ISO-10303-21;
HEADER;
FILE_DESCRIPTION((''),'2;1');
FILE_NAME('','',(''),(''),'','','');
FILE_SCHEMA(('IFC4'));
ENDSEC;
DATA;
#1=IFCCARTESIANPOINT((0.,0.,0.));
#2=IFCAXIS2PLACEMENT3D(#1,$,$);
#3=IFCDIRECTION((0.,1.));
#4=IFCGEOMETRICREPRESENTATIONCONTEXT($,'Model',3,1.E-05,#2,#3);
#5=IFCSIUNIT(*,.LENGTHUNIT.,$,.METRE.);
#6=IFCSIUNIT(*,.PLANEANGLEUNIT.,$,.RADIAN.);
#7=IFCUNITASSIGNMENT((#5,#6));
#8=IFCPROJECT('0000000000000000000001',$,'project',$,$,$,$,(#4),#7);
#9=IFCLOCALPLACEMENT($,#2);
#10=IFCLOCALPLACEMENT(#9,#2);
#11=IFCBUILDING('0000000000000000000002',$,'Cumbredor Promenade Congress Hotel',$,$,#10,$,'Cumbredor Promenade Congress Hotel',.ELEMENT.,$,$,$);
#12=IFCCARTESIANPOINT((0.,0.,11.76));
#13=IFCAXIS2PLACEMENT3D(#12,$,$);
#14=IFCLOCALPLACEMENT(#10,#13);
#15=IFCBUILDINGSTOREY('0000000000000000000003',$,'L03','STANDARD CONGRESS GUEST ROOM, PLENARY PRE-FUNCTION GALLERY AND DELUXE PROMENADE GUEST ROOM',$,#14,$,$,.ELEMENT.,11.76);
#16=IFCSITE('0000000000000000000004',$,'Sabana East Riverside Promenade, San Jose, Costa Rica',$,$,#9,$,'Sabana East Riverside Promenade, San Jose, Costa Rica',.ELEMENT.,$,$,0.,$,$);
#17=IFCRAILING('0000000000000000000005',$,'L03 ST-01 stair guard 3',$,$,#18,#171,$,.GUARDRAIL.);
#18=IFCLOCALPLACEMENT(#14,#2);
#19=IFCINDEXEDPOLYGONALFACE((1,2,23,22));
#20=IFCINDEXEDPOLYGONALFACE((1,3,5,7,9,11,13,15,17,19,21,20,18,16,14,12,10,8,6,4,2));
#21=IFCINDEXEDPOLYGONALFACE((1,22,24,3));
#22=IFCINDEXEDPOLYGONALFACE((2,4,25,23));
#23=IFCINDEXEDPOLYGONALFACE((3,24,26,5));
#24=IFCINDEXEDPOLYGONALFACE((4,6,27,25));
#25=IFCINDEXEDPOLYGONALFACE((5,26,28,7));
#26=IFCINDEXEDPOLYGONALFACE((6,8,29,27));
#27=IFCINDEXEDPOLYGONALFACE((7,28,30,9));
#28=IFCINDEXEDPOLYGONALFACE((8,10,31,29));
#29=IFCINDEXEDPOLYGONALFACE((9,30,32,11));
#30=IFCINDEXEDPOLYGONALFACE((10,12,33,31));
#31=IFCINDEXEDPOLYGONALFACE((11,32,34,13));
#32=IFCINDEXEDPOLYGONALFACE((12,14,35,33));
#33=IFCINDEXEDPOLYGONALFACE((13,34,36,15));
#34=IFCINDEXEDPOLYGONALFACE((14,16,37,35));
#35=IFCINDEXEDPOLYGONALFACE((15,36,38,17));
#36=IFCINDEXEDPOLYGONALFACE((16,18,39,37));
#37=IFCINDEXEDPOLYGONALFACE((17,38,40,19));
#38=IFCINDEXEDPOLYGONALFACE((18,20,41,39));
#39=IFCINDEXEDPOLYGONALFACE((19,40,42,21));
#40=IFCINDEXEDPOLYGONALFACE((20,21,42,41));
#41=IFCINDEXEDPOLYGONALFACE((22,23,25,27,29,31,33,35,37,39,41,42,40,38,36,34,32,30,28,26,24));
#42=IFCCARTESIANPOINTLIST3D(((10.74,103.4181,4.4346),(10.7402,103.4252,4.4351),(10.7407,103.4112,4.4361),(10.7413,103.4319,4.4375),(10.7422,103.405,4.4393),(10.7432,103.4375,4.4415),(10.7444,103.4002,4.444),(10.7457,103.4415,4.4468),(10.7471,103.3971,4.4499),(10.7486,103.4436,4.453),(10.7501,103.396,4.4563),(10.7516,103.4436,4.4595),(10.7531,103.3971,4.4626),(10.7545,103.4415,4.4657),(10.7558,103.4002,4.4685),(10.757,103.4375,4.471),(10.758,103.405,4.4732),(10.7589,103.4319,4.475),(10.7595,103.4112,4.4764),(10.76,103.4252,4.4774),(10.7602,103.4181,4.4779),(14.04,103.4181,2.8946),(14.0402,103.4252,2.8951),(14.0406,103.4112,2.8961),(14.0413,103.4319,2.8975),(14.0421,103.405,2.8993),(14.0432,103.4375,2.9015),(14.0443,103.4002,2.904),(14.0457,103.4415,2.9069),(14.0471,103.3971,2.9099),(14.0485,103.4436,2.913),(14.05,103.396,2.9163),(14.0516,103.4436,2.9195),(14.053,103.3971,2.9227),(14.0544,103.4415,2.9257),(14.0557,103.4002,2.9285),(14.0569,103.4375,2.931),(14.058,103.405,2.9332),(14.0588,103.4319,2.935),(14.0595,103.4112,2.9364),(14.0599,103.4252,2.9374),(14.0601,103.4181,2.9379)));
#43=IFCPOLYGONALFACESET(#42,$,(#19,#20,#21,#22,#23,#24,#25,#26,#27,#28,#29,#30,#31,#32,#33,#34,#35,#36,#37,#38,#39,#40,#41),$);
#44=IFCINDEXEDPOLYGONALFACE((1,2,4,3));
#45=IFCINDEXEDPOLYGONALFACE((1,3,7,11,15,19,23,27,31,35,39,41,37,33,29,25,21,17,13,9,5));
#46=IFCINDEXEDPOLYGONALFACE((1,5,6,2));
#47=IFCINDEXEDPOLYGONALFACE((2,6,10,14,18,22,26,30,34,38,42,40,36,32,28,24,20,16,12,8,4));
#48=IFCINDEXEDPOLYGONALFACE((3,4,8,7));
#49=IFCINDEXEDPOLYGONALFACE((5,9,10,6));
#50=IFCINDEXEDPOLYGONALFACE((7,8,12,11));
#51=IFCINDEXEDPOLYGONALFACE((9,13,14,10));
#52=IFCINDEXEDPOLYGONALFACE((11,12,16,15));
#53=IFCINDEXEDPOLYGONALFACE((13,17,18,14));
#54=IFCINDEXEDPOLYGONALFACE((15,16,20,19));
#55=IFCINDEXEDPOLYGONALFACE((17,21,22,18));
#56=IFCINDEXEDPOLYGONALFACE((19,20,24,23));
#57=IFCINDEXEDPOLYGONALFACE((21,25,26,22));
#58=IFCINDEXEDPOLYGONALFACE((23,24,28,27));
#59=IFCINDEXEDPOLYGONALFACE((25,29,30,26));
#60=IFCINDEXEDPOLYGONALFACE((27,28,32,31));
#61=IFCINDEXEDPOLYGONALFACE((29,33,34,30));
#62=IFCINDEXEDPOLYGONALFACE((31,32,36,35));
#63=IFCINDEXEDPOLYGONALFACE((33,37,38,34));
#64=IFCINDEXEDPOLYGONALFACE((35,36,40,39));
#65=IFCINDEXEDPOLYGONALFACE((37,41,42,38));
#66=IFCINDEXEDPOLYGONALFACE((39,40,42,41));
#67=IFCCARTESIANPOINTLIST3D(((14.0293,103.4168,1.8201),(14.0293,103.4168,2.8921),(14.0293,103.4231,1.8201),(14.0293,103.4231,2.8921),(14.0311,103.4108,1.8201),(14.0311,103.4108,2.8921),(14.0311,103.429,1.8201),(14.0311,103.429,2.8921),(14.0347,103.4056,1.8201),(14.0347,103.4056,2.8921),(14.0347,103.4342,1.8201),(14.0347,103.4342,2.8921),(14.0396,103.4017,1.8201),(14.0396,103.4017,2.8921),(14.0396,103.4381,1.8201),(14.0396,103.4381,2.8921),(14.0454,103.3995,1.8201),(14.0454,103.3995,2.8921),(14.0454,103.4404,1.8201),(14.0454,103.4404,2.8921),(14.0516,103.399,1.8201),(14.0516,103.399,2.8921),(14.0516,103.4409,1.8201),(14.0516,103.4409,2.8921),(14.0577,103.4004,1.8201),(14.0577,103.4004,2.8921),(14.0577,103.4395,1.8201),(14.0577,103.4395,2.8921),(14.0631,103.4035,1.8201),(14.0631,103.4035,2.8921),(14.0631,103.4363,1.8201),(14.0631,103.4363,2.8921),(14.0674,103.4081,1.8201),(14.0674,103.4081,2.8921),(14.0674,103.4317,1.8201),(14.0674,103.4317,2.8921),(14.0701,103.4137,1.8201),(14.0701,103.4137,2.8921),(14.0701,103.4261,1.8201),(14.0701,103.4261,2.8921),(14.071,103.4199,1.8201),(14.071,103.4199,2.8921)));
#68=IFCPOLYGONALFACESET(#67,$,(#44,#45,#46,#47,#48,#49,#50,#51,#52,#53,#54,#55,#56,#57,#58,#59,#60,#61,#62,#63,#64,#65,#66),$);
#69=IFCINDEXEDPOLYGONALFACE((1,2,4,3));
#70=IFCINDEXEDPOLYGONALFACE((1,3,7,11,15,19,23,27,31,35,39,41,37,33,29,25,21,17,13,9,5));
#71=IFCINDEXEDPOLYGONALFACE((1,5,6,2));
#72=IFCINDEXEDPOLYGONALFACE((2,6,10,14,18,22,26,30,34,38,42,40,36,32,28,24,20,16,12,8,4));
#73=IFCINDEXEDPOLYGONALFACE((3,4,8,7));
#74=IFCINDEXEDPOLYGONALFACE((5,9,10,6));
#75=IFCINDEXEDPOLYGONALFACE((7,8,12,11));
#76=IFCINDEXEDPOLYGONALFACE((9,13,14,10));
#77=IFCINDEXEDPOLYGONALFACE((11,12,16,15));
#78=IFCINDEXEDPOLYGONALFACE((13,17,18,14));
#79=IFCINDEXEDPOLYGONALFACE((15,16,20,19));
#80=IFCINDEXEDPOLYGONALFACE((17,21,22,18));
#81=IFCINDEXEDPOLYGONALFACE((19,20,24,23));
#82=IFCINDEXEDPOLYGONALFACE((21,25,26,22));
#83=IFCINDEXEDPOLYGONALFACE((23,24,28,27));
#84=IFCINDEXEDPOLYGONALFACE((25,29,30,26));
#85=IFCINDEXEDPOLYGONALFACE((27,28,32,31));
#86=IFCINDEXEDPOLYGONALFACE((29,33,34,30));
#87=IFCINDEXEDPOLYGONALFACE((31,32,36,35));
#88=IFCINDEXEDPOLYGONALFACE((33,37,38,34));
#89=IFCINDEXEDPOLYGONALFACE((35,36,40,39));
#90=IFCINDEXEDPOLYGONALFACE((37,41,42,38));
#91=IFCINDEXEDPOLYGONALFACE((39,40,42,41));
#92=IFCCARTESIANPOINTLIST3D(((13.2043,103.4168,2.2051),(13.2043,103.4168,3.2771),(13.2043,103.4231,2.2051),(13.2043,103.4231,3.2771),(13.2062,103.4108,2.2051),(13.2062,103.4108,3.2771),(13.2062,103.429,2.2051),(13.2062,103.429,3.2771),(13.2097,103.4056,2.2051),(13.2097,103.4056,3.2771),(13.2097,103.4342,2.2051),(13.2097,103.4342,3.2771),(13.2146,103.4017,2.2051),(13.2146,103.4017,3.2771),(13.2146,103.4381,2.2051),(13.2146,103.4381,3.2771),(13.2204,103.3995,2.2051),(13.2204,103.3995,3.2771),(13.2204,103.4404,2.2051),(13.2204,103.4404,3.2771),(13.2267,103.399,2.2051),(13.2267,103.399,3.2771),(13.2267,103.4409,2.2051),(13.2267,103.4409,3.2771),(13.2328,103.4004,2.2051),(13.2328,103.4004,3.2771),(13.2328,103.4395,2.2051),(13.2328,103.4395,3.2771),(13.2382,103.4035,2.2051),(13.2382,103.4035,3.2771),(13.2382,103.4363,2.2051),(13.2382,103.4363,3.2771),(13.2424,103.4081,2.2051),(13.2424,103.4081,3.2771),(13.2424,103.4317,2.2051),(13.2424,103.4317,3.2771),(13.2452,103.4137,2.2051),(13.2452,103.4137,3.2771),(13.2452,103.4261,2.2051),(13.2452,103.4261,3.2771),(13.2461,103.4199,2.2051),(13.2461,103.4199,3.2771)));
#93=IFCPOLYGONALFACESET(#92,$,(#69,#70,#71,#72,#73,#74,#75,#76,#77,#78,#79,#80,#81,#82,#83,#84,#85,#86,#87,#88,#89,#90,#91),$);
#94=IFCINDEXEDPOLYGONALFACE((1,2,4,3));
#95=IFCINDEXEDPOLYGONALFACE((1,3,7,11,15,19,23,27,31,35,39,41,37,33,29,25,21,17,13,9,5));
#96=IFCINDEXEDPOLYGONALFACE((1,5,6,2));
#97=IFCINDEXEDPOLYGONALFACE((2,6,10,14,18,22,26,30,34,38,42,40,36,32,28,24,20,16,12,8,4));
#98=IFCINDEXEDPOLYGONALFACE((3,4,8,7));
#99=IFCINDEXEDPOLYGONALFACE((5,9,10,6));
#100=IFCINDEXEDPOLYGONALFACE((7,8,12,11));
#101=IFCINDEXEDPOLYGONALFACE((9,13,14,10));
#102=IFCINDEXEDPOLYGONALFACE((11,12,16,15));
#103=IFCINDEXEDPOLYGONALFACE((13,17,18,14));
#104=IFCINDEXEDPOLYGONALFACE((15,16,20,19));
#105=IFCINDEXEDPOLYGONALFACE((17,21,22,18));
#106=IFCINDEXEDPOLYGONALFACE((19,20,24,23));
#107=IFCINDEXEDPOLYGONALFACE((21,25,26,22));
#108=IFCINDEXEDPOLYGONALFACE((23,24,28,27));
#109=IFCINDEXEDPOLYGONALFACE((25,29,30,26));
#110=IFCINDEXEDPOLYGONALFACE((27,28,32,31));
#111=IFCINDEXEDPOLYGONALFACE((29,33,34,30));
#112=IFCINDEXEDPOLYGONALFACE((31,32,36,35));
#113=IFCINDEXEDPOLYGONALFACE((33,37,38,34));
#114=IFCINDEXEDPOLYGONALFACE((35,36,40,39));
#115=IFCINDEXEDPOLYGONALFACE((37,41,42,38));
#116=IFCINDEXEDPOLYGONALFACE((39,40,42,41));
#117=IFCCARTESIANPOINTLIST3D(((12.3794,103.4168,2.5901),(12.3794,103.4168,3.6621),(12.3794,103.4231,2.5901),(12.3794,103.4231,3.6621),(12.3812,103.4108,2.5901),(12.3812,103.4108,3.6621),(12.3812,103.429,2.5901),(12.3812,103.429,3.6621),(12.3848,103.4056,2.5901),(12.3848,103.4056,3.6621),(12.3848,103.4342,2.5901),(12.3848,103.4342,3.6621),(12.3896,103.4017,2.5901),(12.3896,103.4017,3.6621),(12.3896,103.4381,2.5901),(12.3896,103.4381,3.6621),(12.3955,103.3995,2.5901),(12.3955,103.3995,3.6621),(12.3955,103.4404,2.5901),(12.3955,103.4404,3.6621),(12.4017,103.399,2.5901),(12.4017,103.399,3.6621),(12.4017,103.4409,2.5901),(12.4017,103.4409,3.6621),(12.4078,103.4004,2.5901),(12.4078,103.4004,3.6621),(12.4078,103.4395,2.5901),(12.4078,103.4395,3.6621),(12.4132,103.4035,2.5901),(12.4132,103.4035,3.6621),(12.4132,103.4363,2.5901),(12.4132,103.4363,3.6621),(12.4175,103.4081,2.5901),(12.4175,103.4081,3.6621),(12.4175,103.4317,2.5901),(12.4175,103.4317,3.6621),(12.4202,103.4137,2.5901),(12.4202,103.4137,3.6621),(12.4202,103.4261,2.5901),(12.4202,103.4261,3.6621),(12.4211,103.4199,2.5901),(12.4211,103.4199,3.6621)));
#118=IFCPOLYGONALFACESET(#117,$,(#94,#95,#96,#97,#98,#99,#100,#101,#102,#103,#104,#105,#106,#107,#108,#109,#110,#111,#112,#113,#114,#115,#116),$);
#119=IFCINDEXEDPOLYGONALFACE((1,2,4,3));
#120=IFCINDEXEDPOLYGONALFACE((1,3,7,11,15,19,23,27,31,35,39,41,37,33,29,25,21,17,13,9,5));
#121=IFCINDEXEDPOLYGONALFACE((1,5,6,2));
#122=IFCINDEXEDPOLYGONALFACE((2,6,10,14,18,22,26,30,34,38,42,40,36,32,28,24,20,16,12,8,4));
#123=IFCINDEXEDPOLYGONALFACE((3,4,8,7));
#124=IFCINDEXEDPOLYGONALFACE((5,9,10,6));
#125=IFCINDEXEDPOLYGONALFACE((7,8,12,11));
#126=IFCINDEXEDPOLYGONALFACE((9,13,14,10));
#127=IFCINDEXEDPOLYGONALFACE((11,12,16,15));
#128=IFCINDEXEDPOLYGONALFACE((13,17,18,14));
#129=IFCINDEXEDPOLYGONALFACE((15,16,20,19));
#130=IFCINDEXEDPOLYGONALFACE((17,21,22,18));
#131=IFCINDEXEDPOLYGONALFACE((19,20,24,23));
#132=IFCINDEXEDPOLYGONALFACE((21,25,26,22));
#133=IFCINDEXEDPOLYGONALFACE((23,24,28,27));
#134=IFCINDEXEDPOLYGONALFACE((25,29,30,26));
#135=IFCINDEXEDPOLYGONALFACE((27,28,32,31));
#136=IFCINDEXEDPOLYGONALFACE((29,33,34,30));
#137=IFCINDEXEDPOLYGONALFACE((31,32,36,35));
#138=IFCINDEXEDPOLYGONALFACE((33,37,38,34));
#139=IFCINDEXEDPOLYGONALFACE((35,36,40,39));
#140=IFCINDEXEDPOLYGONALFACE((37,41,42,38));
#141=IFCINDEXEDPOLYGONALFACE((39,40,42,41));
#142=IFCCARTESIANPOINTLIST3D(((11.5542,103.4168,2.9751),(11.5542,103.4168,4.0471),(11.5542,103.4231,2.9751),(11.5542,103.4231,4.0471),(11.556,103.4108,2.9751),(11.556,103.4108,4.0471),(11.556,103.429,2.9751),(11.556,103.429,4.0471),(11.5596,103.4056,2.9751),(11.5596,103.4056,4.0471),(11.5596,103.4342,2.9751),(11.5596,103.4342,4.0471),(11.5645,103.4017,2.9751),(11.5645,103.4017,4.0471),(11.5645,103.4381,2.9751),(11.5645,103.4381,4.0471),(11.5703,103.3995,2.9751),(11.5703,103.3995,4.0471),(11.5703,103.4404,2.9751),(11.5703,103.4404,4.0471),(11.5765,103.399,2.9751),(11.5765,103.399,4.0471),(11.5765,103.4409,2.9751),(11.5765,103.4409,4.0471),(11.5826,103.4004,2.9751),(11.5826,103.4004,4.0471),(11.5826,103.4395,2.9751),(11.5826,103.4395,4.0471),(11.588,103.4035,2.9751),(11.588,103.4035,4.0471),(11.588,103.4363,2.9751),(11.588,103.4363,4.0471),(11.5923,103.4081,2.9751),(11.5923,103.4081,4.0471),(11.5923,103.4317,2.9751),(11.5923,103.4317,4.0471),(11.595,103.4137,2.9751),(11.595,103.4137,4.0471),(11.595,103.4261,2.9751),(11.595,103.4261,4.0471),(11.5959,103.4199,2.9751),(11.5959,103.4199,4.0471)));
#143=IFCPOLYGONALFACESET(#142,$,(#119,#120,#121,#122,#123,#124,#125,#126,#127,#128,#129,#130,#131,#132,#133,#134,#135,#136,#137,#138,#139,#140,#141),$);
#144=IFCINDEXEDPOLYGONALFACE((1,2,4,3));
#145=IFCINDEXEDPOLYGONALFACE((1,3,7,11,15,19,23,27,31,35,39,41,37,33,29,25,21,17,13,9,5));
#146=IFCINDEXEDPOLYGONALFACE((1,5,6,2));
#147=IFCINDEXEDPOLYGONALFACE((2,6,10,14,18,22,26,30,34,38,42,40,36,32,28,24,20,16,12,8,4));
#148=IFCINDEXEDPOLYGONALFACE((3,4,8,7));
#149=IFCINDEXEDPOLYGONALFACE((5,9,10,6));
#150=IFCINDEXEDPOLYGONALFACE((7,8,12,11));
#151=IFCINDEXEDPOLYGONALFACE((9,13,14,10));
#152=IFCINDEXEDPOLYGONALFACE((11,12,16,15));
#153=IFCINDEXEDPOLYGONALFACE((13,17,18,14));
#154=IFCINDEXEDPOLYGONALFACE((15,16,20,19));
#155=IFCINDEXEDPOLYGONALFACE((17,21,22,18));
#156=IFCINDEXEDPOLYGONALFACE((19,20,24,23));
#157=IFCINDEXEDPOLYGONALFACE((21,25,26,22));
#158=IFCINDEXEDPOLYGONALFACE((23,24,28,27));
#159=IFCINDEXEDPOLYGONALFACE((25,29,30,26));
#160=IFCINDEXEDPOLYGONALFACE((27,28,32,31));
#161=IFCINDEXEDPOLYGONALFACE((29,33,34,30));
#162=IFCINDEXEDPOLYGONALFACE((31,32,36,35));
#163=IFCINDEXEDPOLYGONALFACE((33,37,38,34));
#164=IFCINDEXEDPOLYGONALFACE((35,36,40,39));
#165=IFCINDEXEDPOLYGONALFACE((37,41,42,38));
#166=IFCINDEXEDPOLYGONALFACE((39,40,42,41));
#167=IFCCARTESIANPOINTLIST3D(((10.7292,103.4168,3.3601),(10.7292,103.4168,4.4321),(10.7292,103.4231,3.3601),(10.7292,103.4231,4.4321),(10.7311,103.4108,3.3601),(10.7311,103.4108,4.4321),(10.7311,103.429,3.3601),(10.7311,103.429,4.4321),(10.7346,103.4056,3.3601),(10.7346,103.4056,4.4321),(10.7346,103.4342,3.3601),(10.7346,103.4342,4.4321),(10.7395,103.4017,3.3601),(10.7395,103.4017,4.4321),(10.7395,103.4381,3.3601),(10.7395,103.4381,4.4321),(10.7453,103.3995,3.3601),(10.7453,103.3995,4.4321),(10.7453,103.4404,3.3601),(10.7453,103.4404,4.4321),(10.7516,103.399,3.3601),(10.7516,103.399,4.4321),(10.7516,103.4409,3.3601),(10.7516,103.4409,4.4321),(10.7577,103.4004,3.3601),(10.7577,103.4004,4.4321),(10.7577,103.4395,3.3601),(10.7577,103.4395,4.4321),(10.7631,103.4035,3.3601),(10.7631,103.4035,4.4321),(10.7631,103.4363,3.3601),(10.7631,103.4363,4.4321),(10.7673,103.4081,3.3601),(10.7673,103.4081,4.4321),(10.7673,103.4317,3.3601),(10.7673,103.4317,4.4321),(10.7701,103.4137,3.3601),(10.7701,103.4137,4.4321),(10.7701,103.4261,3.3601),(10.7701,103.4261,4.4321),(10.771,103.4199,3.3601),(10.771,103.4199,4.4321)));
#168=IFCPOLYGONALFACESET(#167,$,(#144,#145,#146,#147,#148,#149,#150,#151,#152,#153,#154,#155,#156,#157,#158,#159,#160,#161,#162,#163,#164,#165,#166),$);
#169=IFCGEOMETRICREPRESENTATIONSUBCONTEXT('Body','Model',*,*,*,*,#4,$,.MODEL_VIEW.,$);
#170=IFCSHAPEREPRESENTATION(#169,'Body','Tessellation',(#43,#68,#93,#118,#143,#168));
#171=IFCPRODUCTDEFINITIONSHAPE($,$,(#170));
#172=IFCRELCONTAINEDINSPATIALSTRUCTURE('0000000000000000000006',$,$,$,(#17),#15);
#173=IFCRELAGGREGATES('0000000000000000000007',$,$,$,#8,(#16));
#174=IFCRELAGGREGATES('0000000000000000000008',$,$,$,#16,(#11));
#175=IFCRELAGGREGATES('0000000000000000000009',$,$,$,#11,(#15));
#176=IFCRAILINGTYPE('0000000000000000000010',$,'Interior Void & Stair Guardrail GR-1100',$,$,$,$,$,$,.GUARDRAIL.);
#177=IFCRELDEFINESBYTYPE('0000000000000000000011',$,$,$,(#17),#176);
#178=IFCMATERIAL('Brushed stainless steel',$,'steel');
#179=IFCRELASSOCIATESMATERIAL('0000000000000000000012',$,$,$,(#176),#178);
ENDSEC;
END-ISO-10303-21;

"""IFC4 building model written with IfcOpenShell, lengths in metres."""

from ifc_helpers import new_model, si_unit, direction, frame, origin, origin_2d, place, context, subcontext, project, spatial, circle, extrude, material, type_object, element, save


model = new_model("IFC4")

# Units and contexts
model_context = context("Model", 3, precision=1e-05, world=origin(), true_north=direction((0.0, 1.0)))
body_context = subcontext(model_context, "Body", "Model", "MODEL_VIEW")
ifc_project = project(units=[si_unit("LENGTHUNIT", "METRE"), si_unit("PLANEANGLEUNIT", "RADIAN")], contexts=[model_context])

# Site, building, storey
site_placement = place(None, origin())
site = spatial("IfcSite", under=ifc_project, at=site_placement, Name="Sabana East Riverside Promenade, San Jose, Costa Rica", LongName="Sabana East Riverside Promenade, San Jose, Costa Rica", CompositionType="ELEMENT", RefElevation=0.0)
building_placement = place(site_placement, origin())
building = spatial("IfcBuilding", under=site, at=building_placement, Name="Cumbredor Promenade Congress Hotel", LongName="Cumbredor Promenade Congress Hotel", CompositionType="ELEMENT")
storey_placement = place(building_placement, frame((0.0, 0.0, 11.76)))
storey = spatial("IfcBuildingStorey", under=building, at=storey_placement, Name="L03", Description="STANDARD CONGRESS GUEST ROOM, PLENARY PRE-FUNCTION GALLERY AND DELUXE PROMENADE GUEST ROOM", CompositionType="ELEMENT", Elevation=11.76)

# Railing
ifc_material_1 = material(Name="Brushed stainless steel", Category="steel")
railing_type_1 = type_object("IfcRailingType", Name="Interior Void & Stair Guardrail GR-1100", PredefinedType="GUARDRAIL", material=ifc_material_1)
railing_1_placement = place(storey_placement, frame((14.05, 103.4199, 1.8201)))
element("IfcRailing", 1, at=railing_1_placement, inside=storey, type_object=railing_type_1, Name="L03 ST-01 stair guard 3", PredefinedType="GUARDRAIL", context=body_context, shape_type="SweptSolid", body=[
    extrude(circle(Radius=0.0239, at=origin_2d()), frame((0.0, 0.0, 1.0962), z_axis=(-0.906181, 0.0, 0.422889), x_axis=(0.0, -1.0, 0.0)), (0.0, 0.0, 1.0), 3.6416),
    extrude(circle(Radius=0.021, at=origin_2d()), origin(), (0.0, 0.0, 1.0), 1.072),
    extrude(circle(Radius=0.021, at=origin_2d()), frame((-0.825, 0.0, 0.385)), (0.0, 0.0, 1.0), 1.072),
    extrude(circle(Radius=0.021, at=origin_2d()), frame((-1.6499, 0.0, 0.77)), (0.0, 0.0, 1.0), 1.072),
    extrude(circle(Radius=0.021, at=origin_2d()), frame((-2.4751, 0.0, 1.155)), (0.0, 0.0, 1.0), 1.072),
    extrude(circle(Radius=0.021, at=origin_2d()), frame((-3.3, 0.0, 1.54)), (0.0, 0.0, 1.0), 1.072),
])

save(model, "model.ifc")
